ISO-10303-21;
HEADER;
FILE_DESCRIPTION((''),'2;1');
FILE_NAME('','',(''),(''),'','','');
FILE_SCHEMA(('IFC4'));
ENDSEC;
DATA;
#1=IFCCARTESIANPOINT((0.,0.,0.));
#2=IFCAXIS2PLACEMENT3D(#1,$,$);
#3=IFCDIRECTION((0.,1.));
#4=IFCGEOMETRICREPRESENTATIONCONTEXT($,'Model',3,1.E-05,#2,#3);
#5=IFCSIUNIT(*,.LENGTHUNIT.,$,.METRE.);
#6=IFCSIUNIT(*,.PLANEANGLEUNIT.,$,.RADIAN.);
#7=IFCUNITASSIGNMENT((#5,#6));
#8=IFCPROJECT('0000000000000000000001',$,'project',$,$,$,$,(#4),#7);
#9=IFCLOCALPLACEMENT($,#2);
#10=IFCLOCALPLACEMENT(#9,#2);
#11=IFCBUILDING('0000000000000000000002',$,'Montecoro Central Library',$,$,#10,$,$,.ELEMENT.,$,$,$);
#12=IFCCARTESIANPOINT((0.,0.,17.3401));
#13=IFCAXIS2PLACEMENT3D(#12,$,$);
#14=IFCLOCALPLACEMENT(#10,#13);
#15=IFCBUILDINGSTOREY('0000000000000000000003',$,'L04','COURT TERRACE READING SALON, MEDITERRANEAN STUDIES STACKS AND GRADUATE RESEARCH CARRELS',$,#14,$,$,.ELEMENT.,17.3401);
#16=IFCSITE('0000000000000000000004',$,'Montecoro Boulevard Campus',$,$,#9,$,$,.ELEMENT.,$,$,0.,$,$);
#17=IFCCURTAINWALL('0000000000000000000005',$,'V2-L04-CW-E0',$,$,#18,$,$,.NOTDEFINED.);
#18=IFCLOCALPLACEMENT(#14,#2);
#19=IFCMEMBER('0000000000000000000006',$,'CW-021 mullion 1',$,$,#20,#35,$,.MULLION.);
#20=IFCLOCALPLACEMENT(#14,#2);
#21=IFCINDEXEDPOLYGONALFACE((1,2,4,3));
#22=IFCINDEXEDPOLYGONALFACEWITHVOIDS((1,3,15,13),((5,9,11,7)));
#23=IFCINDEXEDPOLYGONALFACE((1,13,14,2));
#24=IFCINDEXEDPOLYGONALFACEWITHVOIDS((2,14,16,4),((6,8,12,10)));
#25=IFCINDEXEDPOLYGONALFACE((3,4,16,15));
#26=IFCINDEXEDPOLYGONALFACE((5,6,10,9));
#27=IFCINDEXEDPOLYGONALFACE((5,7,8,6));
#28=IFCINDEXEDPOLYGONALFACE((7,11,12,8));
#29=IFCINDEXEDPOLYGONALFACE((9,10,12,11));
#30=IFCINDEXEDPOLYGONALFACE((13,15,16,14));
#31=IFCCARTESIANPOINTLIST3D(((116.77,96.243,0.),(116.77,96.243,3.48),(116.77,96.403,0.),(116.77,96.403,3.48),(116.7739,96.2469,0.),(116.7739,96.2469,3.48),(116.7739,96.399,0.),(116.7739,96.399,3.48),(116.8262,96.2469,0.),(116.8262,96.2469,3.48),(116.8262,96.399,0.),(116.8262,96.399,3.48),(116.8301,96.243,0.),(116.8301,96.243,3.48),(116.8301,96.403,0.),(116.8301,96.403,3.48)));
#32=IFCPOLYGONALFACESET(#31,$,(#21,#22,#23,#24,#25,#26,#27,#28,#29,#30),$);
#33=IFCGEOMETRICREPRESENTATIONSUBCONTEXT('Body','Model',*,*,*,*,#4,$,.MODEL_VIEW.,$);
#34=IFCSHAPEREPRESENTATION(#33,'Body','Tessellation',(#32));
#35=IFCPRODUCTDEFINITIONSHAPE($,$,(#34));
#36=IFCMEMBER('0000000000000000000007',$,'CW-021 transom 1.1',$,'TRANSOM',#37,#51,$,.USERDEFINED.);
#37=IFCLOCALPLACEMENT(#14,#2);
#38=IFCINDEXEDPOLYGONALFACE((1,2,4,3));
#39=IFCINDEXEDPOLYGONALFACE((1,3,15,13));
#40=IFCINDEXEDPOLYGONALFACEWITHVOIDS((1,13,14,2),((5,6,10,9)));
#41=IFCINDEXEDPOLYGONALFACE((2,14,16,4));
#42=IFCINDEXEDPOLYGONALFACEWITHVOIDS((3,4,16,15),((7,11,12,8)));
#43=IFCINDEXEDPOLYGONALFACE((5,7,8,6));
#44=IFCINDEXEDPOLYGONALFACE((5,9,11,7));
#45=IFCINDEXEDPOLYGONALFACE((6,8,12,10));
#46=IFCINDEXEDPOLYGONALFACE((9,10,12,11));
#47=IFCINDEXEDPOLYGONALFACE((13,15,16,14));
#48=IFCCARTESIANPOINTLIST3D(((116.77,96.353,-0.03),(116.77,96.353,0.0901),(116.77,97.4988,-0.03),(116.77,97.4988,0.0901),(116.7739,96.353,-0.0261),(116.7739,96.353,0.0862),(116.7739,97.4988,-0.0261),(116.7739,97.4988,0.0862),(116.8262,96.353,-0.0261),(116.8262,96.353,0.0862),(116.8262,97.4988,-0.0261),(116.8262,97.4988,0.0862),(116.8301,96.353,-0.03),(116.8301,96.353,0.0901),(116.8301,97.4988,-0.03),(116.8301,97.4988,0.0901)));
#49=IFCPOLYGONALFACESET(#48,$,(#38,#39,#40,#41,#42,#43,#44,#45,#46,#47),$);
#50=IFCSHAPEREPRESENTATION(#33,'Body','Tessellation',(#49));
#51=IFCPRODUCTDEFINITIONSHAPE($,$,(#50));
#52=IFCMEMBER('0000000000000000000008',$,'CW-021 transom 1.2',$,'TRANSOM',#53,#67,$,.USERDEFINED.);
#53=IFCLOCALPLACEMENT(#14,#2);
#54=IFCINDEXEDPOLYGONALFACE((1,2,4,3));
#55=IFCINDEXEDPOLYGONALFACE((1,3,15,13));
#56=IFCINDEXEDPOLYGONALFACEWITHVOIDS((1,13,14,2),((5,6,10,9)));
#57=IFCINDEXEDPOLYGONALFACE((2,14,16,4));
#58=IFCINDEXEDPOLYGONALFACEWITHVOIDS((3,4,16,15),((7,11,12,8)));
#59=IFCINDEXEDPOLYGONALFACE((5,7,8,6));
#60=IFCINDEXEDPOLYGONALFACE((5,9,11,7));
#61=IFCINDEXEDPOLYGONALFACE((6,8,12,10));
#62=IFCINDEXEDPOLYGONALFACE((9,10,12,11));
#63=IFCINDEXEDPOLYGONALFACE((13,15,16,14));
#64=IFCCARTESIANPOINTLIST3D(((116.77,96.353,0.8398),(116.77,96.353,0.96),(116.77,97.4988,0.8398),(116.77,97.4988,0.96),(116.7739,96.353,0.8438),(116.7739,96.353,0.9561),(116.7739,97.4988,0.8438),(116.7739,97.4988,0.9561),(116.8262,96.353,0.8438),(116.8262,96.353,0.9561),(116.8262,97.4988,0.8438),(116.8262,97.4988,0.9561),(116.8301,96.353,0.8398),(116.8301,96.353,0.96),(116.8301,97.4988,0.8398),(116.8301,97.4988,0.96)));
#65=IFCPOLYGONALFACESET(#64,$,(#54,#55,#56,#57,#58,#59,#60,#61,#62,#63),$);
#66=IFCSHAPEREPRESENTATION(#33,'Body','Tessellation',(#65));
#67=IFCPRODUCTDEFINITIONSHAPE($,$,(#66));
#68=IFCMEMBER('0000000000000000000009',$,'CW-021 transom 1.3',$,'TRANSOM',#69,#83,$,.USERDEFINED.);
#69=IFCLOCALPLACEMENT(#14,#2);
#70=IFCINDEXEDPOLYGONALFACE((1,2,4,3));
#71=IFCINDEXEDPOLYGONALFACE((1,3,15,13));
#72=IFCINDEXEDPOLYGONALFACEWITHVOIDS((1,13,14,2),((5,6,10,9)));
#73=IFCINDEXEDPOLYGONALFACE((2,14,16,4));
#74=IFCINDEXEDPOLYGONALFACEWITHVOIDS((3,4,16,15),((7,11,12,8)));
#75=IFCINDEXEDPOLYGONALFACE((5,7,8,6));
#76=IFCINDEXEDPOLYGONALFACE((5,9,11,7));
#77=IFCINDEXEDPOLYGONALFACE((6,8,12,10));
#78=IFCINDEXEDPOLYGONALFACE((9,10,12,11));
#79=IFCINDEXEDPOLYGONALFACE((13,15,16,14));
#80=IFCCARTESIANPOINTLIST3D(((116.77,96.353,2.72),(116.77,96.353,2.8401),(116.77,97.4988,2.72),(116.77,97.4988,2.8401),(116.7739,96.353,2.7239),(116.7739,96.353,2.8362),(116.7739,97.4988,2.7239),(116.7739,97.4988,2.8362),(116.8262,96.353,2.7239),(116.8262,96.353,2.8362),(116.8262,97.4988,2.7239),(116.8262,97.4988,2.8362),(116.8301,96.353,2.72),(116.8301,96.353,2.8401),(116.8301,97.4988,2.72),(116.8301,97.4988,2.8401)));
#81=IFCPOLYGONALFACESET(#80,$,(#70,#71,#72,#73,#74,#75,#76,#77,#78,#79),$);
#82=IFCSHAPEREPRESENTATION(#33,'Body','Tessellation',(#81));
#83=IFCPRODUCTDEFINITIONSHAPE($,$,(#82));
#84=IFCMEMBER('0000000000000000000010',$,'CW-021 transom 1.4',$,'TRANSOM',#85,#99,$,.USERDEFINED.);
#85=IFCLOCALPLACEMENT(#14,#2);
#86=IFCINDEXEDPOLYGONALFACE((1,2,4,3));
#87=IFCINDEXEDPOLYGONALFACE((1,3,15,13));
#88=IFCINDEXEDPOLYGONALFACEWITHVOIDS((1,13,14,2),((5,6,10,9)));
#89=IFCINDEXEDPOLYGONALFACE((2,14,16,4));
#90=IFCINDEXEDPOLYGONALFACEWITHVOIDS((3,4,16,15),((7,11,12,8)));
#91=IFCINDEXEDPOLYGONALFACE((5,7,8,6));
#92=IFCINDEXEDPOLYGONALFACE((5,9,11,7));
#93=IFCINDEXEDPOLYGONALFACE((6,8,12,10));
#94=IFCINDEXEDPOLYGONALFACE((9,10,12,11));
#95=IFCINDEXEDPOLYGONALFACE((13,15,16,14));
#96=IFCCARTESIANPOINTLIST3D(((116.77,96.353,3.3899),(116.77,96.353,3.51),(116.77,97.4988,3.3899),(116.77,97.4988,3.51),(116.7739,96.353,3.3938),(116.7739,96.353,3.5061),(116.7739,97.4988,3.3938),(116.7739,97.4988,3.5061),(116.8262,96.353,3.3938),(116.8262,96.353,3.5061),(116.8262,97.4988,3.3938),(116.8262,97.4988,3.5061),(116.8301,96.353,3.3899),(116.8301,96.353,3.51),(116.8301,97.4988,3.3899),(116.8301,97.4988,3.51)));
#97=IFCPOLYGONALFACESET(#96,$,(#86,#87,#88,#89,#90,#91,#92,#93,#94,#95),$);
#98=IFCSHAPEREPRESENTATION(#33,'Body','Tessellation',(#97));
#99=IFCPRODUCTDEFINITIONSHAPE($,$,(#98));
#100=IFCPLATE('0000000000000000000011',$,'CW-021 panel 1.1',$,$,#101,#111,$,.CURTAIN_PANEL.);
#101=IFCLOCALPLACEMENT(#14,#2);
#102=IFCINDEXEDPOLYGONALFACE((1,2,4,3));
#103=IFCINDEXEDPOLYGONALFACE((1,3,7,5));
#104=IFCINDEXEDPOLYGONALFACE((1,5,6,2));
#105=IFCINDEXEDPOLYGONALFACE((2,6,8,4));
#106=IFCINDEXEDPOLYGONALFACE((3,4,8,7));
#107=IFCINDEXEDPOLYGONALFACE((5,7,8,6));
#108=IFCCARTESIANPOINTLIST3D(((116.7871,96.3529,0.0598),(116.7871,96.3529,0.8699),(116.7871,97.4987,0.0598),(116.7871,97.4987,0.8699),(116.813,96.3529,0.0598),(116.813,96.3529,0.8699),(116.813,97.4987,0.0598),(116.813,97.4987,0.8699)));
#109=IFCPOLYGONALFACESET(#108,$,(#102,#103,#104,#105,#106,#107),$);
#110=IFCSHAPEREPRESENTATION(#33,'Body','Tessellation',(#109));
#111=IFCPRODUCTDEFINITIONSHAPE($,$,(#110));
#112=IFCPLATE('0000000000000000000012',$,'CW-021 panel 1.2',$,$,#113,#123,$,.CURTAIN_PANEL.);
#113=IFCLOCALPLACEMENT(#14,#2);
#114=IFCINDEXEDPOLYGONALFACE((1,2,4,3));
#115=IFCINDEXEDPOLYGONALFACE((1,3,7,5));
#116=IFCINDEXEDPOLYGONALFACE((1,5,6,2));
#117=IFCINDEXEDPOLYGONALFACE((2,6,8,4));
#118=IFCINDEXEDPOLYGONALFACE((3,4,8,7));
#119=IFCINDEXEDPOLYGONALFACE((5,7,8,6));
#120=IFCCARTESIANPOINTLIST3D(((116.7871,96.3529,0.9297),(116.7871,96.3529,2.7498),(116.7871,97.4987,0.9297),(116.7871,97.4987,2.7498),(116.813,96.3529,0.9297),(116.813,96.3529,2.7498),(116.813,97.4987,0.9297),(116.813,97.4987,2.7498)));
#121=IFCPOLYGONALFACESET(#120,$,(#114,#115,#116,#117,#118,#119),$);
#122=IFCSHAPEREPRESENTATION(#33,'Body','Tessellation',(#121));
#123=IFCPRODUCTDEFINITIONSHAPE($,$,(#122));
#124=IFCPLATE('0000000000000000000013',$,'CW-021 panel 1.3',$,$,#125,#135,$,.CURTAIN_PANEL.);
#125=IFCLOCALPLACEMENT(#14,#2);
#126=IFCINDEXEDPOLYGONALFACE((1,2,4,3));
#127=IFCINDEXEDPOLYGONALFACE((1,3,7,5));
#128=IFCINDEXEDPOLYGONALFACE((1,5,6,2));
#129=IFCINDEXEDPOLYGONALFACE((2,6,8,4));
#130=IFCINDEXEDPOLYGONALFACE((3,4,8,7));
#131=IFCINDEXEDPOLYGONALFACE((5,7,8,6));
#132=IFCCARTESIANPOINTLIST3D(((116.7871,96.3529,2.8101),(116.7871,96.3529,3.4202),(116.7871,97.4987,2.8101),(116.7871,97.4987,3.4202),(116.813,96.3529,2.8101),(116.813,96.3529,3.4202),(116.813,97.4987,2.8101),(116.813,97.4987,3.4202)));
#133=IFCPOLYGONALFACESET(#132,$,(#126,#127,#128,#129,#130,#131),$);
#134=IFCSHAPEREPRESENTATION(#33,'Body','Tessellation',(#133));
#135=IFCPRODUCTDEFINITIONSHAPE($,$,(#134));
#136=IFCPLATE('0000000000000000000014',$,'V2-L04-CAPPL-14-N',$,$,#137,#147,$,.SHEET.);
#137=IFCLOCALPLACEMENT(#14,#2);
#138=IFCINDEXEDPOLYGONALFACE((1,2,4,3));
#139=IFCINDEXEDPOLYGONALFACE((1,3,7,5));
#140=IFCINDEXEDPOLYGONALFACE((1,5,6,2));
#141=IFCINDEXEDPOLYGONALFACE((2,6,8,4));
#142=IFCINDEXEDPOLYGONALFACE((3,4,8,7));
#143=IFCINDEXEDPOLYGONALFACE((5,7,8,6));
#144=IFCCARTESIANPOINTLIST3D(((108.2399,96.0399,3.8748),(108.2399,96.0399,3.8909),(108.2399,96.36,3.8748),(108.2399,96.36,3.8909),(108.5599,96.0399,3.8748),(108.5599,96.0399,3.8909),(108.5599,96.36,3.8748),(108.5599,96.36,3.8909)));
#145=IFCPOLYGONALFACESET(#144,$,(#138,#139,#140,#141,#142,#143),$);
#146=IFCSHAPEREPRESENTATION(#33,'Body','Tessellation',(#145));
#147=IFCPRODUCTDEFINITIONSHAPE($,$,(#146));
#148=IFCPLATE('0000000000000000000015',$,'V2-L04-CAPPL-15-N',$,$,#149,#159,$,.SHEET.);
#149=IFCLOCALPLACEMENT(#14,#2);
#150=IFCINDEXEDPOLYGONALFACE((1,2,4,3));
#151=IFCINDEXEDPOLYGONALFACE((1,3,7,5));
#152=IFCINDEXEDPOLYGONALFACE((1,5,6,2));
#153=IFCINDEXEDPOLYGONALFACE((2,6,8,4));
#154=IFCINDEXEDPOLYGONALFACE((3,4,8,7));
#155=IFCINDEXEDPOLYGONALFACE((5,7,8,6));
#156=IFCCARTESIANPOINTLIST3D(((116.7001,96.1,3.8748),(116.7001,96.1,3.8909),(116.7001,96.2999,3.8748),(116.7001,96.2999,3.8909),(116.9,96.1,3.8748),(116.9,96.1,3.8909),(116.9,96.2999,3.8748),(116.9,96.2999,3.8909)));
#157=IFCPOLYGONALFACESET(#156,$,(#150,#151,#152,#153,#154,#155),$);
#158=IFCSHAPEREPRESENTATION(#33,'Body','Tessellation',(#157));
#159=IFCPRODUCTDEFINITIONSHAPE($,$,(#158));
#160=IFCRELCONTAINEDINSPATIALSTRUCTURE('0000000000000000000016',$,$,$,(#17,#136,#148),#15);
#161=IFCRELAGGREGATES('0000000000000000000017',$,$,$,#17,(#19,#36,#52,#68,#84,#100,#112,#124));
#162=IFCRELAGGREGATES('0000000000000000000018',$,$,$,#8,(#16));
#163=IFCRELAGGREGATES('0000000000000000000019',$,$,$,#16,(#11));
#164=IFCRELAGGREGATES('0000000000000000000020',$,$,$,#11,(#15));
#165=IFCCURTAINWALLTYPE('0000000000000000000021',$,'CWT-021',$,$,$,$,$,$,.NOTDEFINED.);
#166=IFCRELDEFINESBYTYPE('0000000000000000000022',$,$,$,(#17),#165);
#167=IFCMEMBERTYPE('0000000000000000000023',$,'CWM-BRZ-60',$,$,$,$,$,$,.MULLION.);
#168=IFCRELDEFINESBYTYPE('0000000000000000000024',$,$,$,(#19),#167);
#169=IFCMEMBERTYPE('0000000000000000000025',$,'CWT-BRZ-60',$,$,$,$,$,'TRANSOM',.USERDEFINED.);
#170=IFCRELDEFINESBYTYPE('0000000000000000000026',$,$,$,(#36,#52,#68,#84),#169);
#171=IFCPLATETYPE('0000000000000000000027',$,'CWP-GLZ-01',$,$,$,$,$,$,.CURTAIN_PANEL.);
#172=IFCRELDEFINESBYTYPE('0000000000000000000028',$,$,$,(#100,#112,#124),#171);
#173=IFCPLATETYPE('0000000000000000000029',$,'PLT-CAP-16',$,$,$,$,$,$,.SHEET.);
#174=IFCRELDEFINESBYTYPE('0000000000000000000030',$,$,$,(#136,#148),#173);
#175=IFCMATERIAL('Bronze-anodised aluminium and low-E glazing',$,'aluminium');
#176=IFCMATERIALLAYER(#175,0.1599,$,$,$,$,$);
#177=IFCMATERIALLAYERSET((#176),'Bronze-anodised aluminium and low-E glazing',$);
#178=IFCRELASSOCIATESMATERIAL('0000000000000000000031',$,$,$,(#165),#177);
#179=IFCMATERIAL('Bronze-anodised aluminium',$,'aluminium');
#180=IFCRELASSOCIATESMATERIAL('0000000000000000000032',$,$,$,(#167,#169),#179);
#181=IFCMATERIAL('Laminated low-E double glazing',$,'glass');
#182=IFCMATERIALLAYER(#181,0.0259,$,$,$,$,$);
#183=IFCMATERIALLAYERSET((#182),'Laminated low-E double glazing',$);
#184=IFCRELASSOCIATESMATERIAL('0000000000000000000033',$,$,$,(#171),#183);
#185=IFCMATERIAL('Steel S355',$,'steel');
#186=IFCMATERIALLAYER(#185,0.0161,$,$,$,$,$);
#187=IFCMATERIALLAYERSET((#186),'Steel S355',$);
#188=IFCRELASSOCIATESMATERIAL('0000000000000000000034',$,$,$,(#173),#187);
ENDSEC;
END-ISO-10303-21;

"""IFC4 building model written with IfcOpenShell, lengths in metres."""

from ifc_helpers import new_model, si_unit, direction, frame, origin, origin_2d, place, context, subcontext, project, spatial, rectangle, hollow_rectangle, extrude, material, layer, layer_set, material_profile, profile_set, type_object, element, aggregate, save


model = new_model("IFC4")

# Units and contexts
model_context = context("Model", 3, precision=1e-05, world=origin(), true_north=direction((0.0, 1.0)))
body_context = subcontext(model_context, "Body", "Model", "MODEL_VIEW")
ifc_project = project(units=[si_unit("LENGTHUNIT", "METRE"), si_unit("PLANEANGLEUNIT", "RADIAN")], contexts=[model_context])

# Site, building, storey
site_placement = place(None, origin())
site = spatial("IfcSite", under=ifc_project, at=site_placement, Name="Montecoro Boulevard Campus", CompositionType="ELEMENT", RefElevation=0.0)
building_placement = place(site_placement, origin())
building = spatial("IfcBuilding", under=site, at=building_placement, Name="Montecoro Central Library", CompositionType="ELEMENT")
storey_placement = place(building_placement, frame((0.0, 0.0, 17.3401)))
storey = spatial("IfcBuildingStorey", under=building, at=storey_placement, Name="L04", Description="COURT TERRACE READING SALON, MEDITERRANEAN STUDIES STACKS AND GRADUATE RESEARCH CARRELS", CompositionType="ELEMENT", Elevation=17.3401)

# Shared definitions
ifc_material_1 = material(Name="Steel S355", Category="steel")

# Curtain wall, members, plates
ifc_material_2 = material(Name="Bronze-anodised aluminium and low-E glazing", Category="aluminium")
ifc_layer_1 = layer(ifc_material_2, 0.1599)
ifc_layer_set_1 = layer_set([ifc_layer_1], Name="Bronze-anodised aluminium and low-E glazing")
curtain_wall_type = type_object("IfcCurtainWallType", Name="CWT-021", PredefinedType="NOTDEFINED", material=ifc_layer_set_1)
curtain_wall_placement = place(storey_placement, origin())
curtain_wall = element("IfcCurtainWall", 1, at=curtain_wall_placement, inside=storey, type_object=curtain_wall_type, Name="V2-L04-CW-E0", PredefinedType="NOTDEFINED")
ifc_material_3 = material(Name="Bronze-anodised aluminium", Category="aluminium")
ifc_material_profile_1 = material_profile(ifc_material_3, hollow_rectangle(XDim=0.0601, YDim=0.1599, WallThickness=0.0039, at=origin_2d()), Name="CWM 160x60x4.0")
ifc_profile_set_1 = profile_set([ifc_material_profile_1], Name="Bronze-anodised aluminium")
member_type_1 = type_object("IfcMemberType", Name="CWM-BRZ-60", PredefinedType="MULLION", material=ifc_profile_set_1)
member_1_placement = place(storey_placement, frame((116.8, 96.323, 0.0), z_axis=(0.0, 0.0, 1.0), x_axis=(-1.0, 0.0, 0.0)))
member_1 = element("IfcMember", 2, at=member_1_placement, type_object=member_type_1, Name="CW-021 mullion 1", PredefinedType="MULLION", context=body_context, shape_type="SweptSolid", body=[
    extrude(hollow_rectangle(XDim=0.0601, YDim=0.1599, WallThickness=0.0039, at=origin_2d()), origin(), (0.0, 0.0, 1.0), 3.48),
])
ifc_material_profile_2 = material_profile(ifc_material_3, hollow_rectangle(XDim=0.0601, YDim=0.1201, WallThickness=0.0039, at=origin_2d()), Name="CWT 120x60x4.0")
ifc_profile_set_2 = profile_set([ifc_material_profile_2], Name="Bronze-anodised aluminium")
member_type_2 = type_object("IfcMemberType", Name="CWT-BRZ-60", ElementType="TRANSOM", PredefinedType="USERDEFINED", material=ifc_profile_set_2)
member_2_placement = place(storey_placement, frame((116.8, 96.353, 0.03), z_axis=(0.0, 1.0, 0.0), x_axis=(-1.0, 0.0, 0.0)))
member_2 = element("IfcMember", 3, at=member_2_placement, type_object=member_type_2, Name="CW-021 transom 1.1", ObjectType="TRANSOM", PredefinedType="USERDEFINED", context=body_context, shape_type="SweptSolid", body=[
    extrude(hollow_rectangle(XDim=0.0601, YDim=0.1201, WallThickness=0.0039, at=origin_2d()), origin(), (0.0, 0.0, 1.0), 1.1458),
])
member_3_placement = place(storey_placement, frame((116.8, 96.353, 0.8999), z_axis=(0.0, 1.0, 0.0), x_axis=(-1.0, 0.0, 0.0)))
member_3 = element("IfcMember", 4, at=member_3_placement, type_object=member_type_2, Name="CW-021 transom 1.2", ObjectType="TRANSOM", PredefinedType="USERDEFINED", context=body_context, shape_type="SweptSolid", body=[
    extrude(hollow_rectangle(XDim=0.0601, YDim=0.1201, WallThickness=0.0039, at=origin_2d()), origin(), (0.0, 0.0, 1.0), 1.1458),
])
member_4_placement = place(storey_placement, frame((116.8, 96.353, 2.78), z_axis=(0.0, 1.0, 0.0), x_axis=(-1.0, 0.0, 0.0)))
member_4 = element("IfcMember", 5, at=member_4_placement, type_object=member_type_2, Name="CW-021 transom 1.3", ObjectType="TRANSOM", PredefinedType="USERDEFINED", context=body_context, shape_type="SweptSolid", body=[
    extrude(hollow_rectangle(XDim=0.0601, YDim=0.1201, WallThickness=0.0039, at=origin_2d()), origin(), (0.0, 0.0, 1.0), 1.1458),
])
member_5_placement = place(storey_placement, frame((116.8, 96.353, 3.45), z_axis=(0.0, 1.0, 0.0), x_axis=(-1.0, 0.0, 0.0)))
member_5 = element("IfcMember", 6, at=member_5_placement, type_object=member_type_2, Name="CW-021 transom 1.4", ObjectType="TRANSOM", PredefinedType="USERDEFINED", context=body_context, shape_type="SweptSolid", body=[
    extrude(hollow_rectangle(XDim=0.0601, YDim=0.1201, WallThickness=0.0039, at=origin_2d()), origin(), (0.0, 0.0, 1.0), 1.1458),
])
ifc_material_4 = material(Name="Laminated low-E double glazing", Category="glass")
ifc_layer_2 = layer(ifc_material_4, 0.0259)
ifc_layer_set_2 = layer_set([ifc_layer_2], Name="Laminated low-E double glazing")
plate_type_1 = type_object("IfcPlateType", Name="CWP-GLZ-01", PredefinedType="CURTAIN_PANEL", material=ifc_layer_set_2)
plate_1_placement = place(storey_placement, frame((116.8, 96.9258, 0.0598), z_axis=(0.0, 0.0, 1.0), x_axis=(0.0, 1.0, 0.0)))
plate_1 = element("IfcPlate", 7, at=plate_1_placement, type_object=plate_type_1, Name="CW-021 panel 1.1", PredefinedType="CURTAIN_PANEL", context=body_context, shape_type="SweptSolid", body=[
    extrude(rectangle(XDim=1.1458, YDim=0.0259, at=origin_2d()), origin(), (0.0, 0.0, 1.0), 0.8101),
])
plate_2_placement = place(storey_placement, frame((116.8, 96.9258, 0.9297), z_axis=(0.0, 0.0, 1.0), x_axis=(0.0, 1.0, 0.0)))
plate_2 = element("IfcPlate", 8, at=plate_2_placement, type_object=plate_type_1, Name="CW-021 panel 1.2", PredefinedType="CURTAIN_PANEL", context=body_context, shape_type="SweptSolid", body=[
    extrude(rectangle(XDim=1.1458, YDim=0.0259, at=origin_2d()), origin(), (0.0, 0.0, 1.0), 1.8201),
])
plate_3_placement = place(storey_placement, frame((116.8, 96.9258, 2.8101), z_axis=(0.0, 0.0, 1.0), x_axis=(0.0, 1.0, 0.0)))
plate_3 = element("IfcPlate", 9, at=plate_3_placement, type_object=plate_type_1, Name="CW-021 panel 1.3", PredefinedType="CURTAIN_PANEL", context=body_context, shape_type="SweptSolid", body=[
    extrude(rectangle(XDim=1.1458, YDim=0.0259, at=origin_2d()), origin(), (0.0, 0.0, 1.0), 0.6101),
])
aggregate(curtain_wall, [member_1, member_2, member_3, member_4, member_5, plate_1, plate_2, plate_3])

# Plates
ifc_layer_3 = layer(ifc_material_1, 0.0161)
ifc_layer_set_3 = layer_set([ifc_layer_3], Name="Steel S355")
plate_type_2 = type_object("IfcPlateType", Name="PLT-CAP-16", PredefinedType="SHEET", material=ifc_layer_set_3)
plate_4_placement = place(storey_placement, frame((108.3999, 96.2, 3.8748), z_axis=(0.0, 0.0, 1.0), x_axis=(1.0, 0.0, 0.0)))
element("IfcPlate", 10, at=plate_4_placement, inside=storey, type_object=plate_type_2, Name="V2-L04-CAPPL-14-N", PredefinedType="SHEET", context=body_context, shape_type="SweptSolid", body=[
    extrude(rectangle(XDim=0.3201, YDim=0.3201, at=origin_2d()), origin(), (0.0, 0.0, 1.0), 0.0161),
])
plate_5_placement = place(storey_placement, frame((116.8, 96.2, 3.8748), z_axis=(0.0, 0.0, 1.0), x_axis=(1.0, 0.0, 0.0)))
element("IfcPlate", 11, at=plate_5_placement, inside=storey, type_object=plate_type_2, Name="V2-L04-CAPPL-15-N", PredefinedType="SHEET", context=body_context, shape_type="SweptSolid", body=[
    extrude(rectangle(XDim=0.2, YDim=0.2, at=origin_2d()), origin(), (0.0, 0.0, 1.0), 0.0161),
])

save(model, "model.ifc")
